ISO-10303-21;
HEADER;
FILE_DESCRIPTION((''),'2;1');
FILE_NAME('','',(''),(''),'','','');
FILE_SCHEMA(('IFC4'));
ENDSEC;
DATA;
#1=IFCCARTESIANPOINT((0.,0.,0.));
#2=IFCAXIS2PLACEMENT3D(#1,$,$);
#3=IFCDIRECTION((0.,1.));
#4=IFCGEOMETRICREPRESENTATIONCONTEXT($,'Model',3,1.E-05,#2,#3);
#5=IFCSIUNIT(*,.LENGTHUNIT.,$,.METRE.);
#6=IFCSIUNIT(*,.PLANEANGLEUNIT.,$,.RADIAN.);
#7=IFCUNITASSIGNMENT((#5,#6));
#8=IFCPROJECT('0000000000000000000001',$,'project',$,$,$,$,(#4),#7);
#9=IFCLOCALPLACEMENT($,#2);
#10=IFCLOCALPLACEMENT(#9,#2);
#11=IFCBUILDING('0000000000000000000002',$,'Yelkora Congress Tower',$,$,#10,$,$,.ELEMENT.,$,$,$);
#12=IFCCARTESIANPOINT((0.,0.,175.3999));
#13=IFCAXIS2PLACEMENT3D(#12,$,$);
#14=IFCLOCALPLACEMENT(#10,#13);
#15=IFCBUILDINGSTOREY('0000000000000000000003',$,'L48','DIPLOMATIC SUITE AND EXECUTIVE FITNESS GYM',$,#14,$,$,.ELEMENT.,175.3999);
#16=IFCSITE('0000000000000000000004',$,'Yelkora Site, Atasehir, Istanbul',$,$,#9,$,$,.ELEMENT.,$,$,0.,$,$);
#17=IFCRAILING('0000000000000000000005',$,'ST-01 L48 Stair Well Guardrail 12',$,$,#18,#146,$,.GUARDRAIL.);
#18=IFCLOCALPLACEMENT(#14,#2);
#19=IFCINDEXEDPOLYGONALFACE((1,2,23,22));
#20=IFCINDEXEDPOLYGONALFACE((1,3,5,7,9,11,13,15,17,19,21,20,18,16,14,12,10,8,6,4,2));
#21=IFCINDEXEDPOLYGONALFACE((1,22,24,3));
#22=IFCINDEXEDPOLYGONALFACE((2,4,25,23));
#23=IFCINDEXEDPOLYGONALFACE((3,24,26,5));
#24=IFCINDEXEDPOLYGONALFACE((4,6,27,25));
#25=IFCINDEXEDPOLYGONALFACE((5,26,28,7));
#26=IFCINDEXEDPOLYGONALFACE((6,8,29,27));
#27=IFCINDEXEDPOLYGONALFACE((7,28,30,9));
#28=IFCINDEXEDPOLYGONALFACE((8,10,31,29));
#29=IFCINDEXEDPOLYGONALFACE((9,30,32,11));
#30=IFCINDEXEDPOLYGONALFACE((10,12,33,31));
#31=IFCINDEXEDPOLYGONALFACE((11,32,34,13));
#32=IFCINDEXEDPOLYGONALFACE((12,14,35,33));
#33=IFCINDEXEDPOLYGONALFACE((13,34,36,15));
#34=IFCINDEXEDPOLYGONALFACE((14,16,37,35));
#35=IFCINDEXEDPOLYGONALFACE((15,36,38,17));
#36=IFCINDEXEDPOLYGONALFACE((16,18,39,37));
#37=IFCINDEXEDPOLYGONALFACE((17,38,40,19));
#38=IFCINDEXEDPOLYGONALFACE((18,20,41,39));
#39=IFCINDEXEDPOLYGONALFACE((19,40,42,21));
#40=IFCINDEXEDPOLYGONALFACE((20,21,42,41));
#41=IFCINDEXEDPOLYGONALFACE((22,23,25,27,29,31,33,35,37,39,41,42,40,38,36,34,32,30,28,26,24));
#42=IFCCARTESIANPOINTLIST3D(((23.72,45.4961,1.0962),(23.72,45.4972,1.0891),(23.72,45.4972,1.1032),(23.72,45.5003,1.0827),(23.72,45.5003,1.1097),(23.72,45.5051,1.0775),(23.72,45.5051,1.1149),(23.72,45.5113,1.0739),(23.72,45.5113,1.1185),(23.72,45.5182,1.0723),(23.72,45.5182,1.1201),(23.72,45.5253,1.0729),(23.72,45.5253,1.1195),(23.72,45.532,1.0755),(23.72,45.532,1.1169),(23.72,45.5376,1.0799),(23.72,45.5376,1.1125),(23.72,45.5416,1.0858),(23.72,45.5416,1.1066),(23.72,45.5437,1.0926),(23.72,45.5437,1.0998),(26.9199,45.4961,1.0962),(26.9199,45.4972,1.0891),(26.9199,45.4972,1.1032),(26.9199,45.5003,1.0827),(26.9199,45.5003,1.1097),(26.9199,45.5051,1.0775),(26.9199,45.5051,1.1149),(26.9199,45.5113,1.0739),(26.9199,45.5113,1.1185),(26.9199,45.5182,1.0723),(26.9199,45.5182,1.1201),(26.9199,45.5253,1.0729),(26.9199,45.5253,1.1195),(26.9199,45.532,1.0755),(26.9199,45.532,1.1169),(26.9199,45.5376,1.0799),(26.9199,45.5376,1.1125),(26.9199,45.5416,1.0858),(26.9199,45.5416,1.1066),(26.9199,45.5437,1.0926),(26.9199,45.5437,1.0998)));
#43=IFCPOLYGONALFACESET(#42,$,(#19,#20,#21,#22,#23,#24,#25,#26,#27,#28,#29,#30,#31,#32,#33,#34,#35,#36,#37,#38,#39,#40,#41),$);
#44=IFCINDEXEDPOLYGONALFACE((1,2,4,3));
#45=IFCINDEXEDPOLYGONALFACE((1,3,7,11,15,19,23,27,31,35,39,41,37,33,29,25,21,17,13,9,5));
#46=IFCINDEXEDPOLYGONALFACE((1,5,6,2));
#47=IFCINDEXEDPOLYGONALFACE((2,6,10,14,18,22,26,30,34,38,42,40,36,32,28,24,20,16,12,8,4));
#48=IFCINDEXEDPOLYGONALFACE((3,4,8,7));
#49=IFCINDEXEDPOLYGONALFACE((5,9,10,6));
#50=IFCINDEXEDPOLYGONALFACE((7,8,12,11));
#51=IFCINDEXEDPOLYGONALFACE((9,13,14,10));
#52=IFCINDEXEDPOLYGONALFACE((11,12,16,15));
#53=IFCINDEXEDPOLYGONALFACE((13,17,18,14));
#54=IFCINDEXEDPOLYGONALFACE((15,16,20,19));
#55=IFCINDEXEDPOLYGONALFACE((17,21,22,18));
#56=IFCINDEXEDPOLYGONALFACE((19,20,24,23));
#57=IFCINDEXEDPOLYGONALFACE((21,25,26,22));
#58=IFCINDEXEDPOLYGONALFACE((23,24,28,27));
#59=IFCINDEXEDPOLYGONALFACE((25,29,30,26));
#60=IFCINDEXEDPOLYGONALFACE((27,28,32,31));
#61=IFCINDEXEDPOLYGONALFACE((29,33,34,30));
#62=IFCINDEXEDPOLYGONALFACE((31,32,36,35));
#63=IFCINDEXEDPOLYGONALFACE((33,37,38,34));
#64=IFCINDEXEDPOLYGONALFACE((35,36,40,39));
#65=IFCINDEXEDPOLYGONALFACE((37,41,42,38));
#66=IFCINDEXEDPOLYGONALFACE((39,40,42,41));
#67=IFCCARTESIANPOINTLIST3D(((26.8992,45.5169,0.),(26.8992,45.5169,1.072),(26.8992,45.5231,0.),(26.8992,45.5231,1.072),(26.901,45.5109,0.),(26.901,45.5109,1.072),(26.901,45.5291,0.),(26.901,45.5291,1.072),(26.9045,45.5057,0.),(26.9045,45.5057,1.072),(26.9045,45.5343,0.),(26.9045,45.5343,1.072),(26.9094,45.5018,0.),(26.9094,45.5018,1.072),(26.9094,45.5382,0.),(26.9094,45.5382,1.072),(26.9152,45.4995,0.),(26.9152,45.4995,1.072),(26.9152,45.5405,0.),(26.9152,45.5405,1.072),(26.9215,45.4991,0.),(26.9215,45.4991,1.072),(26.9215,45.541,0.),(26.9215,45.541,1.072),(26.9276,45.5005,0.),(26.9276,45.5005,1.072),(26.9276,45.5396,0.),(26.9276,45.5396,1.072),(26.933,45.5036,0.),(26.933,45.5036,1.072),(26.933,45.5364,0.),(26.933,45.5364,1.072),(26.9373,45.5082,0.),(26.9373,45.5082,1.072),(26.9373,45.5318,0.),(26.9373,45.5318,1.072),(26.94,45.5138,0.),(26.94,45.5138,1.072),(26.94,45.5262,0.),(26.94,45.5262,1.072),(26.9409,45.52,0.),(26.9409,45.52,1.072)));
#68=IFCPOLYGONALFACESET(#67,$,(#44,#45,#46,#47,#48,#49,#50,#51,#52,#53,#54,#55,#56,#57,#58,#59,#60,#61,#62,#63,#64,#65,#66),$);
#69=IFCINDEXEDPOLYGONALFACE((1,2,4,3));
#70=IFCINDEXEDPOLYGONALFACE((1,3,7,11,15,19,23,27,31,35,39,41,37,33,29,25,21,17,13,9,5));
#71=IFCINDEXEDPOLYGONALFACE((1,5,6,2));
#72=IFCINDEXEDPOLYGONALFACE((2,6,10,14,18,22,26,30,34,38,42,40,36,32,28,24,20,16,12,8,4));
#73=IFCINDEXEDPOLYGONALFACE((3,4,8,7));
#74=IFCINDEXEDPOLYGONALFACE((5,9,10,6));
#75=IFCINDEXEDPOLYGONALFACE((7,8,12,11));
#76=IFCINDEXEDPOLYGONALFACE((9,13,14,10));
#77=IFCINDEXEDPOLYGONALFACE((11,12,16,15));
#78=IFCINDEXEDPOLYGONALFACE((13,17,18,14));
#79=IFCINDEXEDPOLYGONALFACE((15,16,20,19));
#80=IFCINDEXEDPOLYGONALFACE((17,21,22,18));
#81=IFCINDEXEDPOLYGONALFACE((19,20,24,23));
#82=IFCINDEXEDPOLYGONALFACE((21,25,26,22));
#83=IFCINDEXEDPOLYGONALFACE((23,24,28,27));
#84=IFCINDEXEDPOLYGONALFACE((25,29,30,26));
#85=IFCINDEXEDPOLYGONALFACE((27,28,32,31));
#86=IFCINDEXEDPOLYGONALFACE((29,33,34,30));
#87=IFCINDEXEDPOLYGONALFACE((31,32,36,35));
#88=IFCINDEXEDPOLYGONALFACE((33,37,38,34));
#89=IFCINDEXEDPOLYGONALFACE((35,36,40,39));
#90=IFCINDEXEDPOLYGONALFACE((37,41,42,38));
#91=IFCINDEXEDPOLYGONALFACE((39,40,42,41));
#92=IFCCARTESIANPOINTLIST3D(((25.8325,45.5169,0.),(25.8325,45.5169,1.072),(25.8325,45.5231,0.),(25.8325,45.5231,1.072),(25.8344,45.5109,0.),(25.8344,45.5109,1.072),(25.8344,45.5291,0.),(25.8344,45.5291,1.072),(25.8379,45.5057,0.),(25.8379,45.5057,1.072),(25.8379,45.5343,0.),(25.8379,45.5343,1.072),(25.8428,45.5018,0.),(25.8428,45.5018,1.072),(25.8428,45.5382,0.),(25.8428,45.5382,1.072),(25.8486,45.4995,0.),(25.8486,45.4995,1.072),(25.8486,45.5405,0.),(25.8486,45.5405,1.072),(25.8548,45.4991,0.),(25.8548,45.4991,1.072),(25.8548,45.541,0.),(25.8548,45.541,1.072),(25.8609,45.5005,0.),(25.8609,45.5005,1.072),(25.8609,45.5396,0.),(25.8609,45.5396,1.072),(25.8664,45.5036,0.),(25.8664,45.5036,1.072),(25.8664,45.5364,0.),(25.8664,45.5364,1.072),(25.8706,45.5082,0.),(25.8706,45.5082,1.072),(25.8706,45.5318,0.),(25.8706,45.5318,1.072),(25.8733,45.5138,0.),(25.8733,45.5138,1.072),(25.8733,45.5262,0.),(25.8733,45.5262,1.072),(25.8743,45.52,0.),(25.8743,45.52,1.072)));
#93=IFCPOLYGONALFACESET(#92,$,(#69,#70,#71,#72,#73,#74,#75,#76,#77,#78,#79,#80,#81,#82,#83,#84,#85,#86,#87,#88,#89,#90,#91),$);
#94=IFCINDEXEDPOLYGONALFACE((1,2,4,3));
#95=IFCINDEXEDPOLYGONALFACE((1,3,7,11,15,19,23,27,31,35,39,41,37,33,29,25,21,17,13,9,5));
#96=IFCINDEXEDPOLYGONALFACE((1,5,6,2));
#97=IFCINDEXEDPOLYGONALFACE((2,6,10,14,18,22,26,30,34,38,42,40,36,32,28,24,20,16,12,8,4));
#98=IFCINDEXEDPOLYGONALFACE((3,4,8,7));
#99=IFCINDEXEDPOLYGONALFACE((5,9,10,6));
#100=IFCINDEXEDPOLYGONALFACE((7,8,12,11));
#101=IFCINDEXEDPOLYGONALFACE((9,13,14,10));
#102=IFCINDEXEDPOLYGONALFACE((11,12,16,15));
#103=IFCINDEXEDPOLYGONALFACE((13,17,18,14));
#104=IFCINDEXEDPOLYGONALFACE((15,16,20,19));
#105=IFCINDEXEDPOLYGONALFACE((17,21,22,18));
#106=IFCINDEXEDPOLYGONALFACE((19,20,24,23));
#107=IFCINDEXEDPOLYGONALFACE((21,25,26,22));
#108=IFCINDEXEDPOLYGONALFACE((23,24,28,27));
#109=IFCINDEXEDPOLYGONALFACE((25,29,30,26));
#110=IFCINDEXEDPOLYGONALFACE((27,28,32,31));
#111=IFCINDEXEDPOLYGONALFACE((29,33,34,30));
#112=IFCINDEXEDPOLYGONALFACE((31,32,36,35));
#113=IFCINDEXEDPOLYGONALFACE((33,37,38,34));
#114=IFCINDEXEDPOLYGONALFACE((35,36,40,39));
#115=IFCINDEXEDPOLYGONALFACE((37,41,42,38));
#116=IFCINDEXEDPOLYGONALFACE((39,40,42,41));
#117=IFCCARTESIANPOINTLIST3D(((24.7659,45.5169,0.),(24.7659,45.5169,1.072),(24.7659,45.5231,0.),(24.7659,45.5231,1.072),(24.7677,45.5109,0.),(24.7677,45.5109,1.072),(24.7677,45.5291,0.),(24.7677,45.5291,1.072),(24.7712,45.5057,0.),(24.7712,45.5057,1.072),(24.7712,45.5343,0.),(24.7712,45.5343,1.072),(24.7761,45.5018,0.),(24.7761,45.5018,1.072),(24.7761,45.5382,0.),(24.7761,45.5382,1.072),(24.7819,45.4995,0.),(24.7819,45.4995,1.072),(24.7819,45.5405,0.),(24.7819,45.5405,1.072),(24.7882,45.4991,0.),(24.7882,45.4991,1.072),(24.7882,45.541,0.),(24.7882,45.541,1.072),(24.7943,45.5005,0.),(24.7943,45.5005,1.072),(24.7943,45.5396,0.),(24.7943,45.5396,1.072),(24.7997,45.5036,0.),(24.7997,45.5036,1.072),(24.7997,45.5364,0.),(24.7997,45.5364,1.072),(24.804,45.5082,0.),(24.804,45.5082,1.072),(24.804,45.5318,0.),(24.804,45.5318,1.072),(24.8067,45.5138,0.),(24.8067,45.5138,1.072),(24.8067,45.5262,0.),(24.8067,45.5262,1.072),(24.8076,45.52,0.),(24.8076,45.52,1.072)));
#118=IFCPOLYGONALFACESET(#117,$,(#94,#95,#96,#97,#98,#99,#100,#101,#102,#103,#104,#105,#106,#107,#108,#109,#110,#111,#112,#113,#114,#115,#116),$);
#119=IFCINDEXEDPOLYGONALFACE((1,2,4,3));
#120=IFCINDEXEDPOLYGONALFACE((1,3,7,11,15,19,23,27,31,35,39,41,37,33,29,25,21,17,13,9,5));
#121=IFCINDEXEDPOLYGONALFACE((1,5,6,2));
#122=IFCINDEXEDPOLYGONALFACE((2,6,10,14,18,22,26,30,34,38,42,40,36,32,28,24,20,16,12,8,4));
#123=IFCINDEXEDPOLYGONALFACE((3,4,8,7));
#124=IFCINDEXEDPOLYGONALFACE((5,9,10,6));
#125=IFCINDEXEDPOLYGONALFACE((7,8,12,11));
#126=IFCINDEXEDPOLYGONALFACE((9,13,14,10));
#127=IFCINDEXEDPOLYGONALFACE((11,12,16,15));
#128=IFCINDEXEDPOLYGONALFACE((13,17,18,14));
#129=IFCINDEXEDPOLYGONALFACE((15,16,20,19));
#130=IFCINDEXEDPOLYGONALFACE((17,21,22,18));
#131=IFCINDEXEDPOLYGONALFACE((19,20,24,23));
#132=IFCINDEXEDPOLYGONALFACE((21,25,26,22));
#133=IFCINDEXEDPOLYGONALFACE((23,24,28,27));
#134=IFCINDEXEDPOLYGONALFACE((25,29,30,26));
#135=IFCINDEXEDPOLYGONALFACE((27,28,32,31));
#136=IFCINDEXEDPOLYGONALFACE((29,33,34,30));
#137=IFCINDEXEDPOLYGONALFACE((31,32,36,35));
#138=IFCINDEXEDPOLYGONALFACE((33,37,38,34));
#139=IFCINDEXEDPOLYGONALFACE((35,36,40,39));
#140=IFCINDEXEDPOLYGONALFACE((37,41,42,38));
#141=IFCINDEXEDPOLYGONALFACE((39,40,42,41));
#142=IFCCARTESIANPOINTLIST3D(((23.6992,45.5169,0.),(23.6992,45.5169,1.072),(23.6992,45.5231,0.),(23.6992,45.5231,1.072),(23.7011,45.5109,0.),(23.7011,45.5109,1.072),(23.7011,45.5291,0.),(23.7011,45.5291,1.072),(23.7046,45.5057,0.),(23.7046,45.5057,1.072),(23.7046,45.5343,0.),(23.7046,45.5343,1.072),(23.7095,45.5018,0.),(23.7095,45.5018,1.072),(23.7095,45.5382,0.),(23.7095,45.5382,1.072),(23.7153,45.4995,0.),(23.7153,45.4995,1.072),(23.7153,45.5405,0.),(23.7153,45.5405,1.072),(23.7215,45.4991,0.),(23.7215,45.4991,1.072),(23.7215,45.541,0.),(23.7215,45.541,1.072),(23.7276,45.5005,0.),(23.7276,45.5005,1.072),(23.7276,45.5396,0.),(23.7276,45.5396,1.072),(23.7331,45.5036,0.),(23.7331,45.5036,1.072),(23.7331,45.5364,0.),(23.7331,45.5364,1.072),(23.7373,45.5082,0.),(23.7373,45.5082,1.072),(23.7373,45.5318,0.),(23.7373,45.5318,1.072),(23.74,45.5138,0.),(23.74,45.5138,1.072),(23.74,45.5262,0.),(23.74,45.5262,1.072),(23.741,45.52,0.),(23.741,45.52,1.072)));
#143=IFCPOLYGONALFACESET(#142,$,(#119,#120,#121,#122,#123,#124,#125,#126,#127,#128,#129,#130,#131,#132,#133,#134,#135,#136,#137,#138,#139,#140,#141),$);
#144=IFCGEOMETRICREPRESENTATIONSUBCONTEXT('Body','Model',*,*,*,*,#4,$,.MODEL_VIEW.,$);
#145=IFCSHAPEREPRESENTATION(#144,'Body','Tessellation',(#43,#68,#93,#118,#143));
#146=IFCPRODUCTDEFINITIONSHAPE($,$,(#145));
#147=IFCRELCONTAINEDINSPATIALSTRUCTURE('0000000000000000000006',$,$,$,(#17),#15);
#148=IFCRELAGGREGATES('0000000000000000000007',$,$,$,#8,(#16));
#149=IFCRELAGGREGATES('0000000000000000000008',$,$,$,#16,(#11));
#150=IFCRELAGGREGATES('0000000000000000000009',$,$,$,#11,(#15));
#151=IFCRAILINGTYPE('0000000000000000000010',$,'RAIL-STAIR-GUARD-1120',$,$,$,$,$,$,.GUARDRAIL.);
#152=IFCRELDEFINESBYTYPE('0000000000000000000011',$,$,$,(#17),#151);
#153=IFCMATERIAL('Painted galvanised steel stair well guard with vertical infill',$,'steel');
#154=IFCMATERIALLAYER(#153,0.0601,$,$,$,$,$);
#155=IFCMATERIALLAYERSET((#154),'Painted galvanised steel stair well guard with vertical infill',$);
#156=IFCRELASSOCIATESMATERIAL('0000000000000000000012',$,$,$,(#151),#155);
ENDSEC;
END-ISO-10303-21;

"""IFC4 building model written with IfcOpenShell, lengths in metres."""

from ifc_helpers import new_model, si_unit, direction, frame, origin, origin_2d, place, context, subcontext, project, spatial, circle, extrude, material, layer, layer_set, type_object, element, save


model = new_model("IFC4")

# Units and contexts
model_context = context("Model", 3, precision=1e-05, world=origin(), true_north=direction((0.0, 1.0)))
body_context = subcontext(model_context, "Body", "Model", "MODEL_VIEW")
ifc_project = project(units=[si_unit("LENGTHUNIT", "METRE"), si_unit("PLANEANGLEUNIT", "RADIAN")], contexts=[model_context])

# Site, building, storey
site_placement = place(None, origin())
site = spatial("IfcSite", under=ifc_project, at=site_placement, Name="Yelkora Site, Atasehir, Istanbul", CompositionType="ELEMENT", RefElevation=0.0)
building_placement = place(site_placement, origin())
building = spatial("IfcBuilding", under=site, at=building_placement, Name="Yelkora Congress Tower", CompositionType="ELEMENT")
storey_placement = place(building_placement, frame((0.0, 0.0, 175.3999)))
storey = spatial("IfcBuildingStorey", under=building, at=storey_placement, Name="L48", Description="DIPLOMATIC SUITE AND EXECUTIVE FITNESS GYM", CompositionType="ELEMENT", Elevation=175.3999)

# Railing
ifc_material_1 = material(Name="Painted galvanised steel stair well guard with vertical infill", Category="steel")
ifc_layer_1 = layer(ifc_material_1, 0.0601)
ifc_layer_set_1 = layer_set([ifc_layer_1], Name="Painted galvanised steel stair well guard with vertical infill")
railing_type_1 = type_object("IfcRailingType", Name="RAIL-STAIR-GUARD-1120", PredefinedType="GUARDRAIL", material=ifc_layer_set_1)
railing_1_placement = place(storey_placement, frame((26.9199, 45.52, 0.0)))
element("IfcRailing", 1, at=railing_1_placement, inside=storey, type_object=railing_type_1, Name="ST-01 L48 Stair Well Guardrail 12", PredefinedType="GUARDRAIL", context=body_context, shape_type="SweptSolid", body=[
    extrude(circle(Radius=0.0239, at=origin_2d()), frame((0.0, 0.0, 1.0962), z_axis=(-1.0, 0.0, 0.0), x_axis=(0.0, -1.0, 0.0)), (0.0, 0.0, 1.0), 3.2),
    extrude(circle(Radius=0.021, at=origin_2d()), origin(), (0.0, 0.0, 1.0), 1.072),
    extrude(circle(Radius=0.021, at=origin_2d()), frame((-1.0667, 0.0, 0.0)), (0.0, 0.0, 1.0), 1.072),
    extrude(circle(Radius=0.021, at=origin_2d()), frame((-2.1333, 0.0, 0.0)), (0.0, 0.0, 1.0), 1.072),
    extrude(circle(Radius=0.021, at=origin_2d()), frame((-3.2, 0.0, 0.0)), (0.0, 0.0, 1.0), 1.072),
])

save(model, "model.ifc")
